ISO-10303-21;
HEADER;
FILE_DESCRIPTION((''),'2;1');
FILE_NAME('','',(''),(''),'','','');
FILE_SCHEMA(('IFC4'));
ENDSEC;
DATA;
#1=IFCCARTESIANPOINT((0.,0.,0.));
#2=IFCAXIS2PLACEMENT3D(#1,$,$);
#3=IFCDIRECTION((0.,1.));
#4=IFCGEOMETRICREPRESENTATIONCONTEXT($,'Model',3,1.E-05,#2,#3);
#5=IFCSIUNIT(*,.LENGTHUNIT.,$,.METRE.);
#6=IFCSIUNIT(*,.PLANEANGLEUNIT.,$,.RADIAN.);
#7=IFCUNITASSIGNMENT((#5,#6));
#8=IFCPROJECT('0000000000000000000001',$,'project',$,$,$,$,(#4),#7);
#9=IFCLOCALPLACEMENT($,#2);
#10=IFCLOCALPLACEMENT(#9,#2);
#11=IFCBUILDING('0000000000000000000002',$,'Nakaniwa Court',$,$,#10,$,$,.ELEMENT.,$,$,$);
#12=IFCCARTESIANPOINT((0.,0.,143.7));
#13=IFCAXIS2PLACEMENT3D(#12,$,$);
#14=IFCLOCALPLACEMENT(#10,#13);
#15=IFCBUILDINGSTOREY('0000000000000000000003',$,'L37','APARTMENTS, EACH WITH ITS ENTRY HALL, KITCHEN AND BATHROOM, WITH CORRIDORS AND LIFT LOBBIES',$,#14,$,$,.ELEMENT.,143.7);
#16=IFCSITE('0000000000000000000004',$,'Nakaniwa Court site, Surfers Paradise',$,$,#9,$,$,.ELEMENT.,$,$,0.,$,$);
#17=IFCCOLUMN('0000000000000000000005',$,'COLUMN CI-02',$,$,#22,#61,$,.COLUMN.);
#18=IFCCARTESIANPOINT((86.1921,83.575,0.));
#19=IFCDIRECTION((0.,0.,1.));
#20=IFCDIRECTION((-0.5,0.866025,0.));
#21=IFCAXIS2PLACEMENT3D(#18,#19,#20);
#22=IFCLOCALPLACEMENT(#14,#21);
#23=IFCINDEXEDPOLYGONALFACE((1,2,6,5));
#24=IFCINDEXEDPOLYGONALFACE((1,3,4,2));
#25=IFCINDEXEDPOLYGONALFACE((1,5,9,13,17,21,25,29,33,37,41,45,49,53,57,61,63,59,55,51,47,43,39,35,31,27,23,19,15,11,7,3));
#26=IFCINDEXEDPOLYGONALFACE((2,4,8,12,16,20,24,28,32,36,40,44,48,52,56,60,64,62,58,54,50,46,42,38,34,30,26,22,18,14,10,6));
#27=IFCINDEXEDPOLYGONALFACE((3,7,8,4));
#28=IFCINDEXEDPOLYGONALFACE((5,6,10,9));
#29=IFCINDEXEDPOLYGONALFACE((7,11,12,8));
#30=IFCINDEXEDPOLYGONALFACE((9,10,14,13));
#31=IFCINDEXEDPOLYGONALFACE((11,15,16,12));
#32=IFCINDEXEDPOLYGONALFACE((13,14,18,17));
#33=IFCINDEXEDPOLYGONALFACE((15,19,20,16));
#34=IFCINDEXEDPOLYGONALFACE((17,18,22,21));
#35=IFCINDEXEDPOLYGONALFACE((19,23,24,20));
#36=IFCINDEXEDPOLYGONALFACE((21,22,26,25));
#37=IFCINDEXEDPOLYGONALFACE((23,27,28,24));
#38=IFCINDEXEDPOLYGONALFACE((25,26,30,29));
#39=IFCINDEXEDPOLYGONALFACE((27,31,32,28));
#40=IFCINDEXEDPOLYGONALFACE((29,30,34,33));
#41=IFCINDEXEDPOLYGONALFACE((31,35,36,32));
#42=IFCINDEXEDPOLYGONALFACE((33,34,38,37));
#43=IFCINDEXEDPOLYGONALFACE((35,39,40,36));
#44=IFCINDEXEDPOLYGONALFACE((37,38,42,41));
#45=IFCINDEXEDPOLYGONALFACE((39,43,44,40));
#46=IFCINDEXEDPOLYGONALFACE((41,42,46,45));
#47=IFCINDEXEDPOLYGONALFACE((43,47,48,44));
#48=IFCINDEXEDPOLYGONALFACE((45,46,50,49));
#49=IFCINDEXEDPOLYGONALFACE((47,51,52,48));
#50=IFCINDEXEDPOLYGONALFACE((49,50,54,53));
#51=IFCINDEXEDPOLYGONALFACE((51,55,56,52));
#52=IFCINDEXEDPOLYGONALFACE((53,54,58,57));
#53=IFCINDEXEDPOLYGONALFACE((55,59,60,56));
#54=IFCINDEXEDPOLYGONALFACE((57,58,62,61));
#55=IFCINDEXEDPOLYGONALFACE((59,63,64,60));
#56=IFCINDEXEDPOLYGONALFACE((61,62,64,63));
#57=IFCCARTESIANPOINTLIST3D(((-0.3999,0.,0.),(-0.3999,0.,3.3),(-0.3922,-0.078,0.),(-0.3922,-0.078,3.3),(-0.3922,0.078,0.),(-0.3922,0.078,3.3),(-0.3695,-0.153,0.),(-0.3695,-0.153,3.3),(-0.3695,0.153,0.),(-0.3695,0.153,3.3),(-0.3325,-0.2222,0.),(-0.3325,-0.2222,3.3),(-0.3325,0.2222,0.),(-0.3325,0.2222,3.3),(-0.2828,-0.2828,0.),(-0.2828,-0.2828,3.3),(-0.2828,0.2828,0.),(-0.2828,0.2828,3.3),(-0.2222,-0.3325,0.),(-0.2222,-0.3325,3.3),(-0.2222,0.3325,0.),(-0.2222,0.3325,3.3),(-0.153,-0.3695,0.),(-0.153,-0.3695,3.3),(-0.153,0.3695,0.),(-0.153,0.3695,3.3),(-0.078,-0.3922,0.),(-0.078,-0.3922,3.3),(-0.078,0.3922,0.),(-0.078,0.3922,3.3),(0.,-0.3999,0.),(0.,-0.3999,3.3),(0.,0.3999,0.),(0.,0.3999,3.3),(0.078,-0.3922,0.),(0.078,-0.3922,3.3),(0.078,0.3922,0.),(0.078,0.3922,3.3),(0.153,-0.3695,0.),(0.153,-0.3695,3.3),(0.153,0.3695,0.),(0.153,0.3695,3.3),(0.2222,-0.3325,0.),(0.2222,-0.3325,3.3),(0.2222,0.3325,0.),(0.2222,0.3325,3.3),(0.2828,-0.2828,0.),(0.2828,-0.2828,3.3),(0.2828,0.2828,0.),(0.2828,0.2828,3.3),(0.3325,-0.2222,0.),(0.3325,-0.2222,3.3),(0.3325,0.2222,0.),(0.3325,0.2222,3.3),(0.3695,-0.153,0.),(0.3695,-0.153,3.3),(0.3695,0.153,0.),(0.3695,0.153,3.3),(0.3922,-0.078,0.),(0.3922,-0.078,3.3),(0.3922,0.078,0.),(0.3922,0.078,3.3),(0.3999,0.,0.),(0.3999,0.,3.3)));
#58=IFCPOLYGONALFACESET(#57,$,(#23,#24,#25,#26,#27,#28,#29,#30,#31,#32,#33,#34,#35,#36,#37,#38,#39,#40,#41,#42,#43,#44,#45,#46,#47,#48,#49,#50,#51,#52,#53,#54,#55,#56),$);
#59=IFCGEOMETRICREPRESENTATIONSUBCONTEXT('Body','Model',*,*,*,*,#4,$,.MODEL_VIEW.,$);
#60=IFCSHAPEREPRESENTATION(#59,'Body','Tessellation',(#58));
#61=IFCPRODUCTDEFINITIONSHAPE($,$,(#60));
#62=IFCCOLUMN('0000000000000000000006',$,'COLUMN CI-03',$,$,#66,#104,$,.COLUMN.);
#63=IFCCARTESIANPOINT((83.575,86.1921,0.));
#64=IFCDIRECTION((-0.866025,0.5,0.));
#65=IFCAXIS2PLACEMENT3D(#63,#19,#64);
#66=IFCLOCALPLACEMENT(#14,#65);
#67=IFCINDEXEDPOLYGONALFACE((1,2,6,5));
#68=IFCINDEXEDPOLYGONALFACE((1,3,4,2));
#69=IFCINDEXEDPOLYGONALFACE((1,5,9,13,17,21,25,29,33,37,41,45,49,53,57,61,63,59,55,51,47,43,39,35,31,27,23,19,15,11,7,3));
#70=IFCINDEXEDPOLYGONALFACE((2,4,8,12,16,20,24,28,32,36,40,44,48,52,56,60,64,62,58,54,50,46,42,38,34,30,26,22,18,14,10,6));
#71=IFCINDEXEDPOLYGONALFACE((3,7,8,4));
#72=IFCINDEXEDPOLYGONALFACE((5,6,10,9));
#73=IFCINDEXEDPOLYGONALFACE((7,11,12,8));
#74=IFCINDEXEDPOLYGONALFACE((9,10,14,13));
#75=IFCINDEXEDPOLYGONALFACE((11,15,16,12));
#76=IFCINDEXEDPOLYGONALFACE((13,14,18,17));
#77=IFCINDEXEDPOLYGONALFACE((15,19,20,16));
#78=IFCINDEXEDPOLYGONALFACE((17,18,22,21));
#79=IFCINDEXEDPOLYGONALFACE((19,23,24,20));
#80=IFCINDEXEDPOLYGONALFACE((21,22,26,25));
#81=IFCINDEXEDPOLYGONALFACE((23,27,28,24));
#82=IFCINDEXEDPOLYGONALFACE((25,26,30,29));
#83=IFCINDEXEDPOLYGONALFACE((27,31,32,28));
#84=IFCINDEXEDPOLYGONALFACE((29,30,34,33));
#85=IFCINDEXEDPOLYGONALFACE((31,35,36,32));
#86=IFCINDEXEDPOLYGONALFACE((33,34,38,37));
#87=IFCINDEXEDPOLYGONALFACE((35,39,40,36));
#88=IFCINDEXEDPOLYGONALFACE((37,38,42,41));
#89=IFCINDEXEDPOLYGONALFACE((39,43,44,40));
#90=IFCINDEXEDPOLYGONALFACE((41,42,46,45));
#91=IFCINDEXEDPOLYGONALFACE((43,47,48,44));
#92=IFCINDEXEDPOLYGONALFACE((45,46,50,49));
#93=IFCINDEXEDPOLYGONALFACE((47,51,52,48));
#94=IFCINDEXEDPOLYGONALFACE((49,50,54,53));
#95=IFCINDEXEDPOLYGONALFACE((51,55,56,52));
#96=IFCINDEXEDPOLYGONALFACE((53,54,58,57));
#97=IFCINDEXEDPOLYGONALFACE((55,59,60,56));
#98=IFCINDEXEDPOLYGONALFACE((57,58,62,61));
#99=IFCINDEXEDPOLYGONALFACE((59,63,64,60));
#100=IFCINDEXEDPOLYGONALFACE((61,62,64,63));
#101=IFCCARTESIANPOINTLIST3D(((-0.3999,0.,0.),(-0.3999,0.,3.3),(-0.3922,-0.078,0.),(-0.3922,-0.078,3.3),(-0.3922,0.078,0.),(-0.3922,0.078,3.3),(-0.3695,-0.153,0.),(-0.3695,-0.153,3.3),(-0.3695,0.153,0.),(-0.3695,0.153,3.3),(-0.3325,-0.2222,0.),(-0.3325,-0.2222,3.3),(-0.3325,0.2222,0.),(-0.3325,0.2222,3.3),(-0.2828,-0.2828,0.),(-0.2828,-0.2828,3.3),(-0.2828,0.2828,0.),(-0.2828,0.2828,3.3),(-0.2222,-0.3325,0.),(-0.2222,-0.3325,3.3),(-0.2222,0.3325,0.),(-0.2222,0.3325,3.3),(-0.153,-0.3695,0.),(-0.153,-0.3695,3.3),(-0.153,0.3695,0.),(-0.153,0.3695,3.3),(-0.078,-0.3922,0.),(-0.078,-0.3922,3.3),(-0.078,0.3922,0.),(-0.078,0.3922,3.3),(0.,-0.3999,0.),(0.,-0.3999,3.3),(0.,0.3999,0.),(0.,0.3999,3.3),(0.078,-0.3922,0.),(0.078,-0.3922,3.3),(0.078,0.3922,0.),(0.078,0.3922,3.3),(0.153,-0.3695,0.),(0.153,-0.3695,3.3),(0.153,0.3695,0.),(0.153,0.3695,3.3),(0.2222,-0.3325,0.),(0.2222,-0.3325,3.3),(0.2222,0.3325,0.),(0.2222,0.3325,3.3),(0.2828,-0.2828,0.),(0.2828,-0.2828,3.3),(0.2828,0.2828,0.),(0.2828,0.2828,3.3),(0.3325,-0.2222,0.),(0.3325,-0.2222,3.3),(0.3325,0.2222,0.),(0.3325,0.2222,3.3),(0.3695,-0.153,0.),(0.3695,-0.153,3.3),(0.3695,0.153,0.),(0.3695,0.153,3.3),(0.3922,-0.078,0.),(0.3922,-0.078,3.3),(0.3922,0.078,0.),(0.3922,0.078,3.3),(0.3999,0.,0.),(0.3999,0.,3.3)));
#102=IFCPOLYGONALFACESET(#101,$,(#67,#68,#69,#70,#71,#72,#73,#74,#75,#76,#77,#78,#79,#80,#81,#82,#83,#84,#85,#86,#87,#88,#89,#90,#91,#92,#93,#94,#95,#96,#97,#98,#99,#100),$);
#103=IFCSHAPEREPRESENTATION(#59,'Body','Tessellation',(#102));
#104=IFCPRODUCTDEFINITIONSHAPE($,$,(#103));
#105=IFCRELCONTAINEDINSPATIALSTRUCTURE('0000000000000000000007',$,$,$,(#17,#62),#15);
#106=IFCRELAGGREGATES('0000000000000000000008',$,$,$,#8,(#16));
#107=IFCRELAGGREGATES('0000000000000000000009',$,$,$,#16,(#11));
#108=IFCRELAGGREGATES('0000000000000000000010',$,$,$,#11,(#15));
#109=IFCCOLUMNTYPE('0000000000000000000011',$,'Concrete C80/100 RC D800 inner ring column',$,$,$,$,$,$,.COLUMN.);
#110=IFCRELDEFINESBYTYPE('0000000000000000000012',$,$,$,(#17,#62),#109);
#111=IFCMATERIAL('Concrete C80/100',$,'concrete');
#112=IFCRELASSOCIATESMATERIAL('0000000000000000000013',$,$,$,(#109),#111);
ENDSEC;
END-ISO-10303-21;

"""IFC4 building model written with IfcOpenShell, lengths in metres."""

from ifc_helpers import new_model, si_unit, direction, frame, origin, origin_2d, place, context, subcontext, project, spatial, circle, extrude, material, material_profile, profile_set, type_object, element, save


model = new_model("IFC4")

# Units and contexts
model_context = context("Model", 3, precision=1e-05, world=origin(), true_north=direction((0.0, 1.0)))
body_context = subcontext(model_context, "Body", "Model", "MODEL_VIEW")
ifc_project = project(units=[si_unit("LENGTHUNIT", "METRE"), si_unit("PLANEANGLEUNIT", "RADIAN")], contexts=[model_context])

# Site, building, storey
site_placement = place(None, origin())
site = spatial("IfcSite", under=ifc_project, at=site_placement, Name="Nakaniwa Court site, Surfers Paradise", CompositionType="ELEMENT", RefElevation=0.0)
building_placement = place(site_placement, origin())
building = spatial("IfcBuilding", under=site, at=building_placement, Name="Nakaniwa Court", CompositionType="ELEMENT")
storey_placement = place(building_placement, frame((0.0, 0.0, 143.7)))
storey = spatial("IfcBuildingStorey", under=building, at=storey_placement, Name="L37", Description="APARTMENTS, EACH WITH ITS ENTRY HALL, KITCHEN AND BATHROOM, WITH CORRIDORS AND LIFT LOBBIES", CompositionType="ELEMENT", Elevation=143.7)

# Columns
ifc_material_1 = material(Name="Concrete C80/100", Category="concrete")
ifc_material_profile_1 = material_profile(ifc_material_1, circle(Radius=0.3999, at=origin_2d()), Name="Concrete C80/100 RC D800 inner ring column")
ifc_profile_set_1 = profile_set([ifc_material_profile_1], Name="Concrete C80/100")
column_type = type_object("IfcColumnType", Name="Concrete C80/100 RC D800 inner ring column", PredefinedType="COLUMN", material=ifc_profile_set_1)
for number, where, z_axis, x_axis, name in (
    (1, (86.1921, 83.575, 0.0), (0.0, 0.0, 1.0), (-0.5, 0.866025, 0.0), "COLUMN CI-02"),
    (2, (83.575, 86.1921, 0.0), (0.0, 0.0, 1.0), (-0.866025, 0.5, 0.0), "COLUMN CI-03"),
):
    element("IfcColumn", number, at=place(storey_placement, frame(where, z_axis=z_axis, x_axis=x_axis)), inside=storey, type_object=column_type, Name=name, PredefinedType="COLUMN", context=body_context, shape_type="SweptSolid", body=[
        extrude(circle(Radius=0.3999, at=origin_2d()), origin(), (0.0, 0.0, 1.0), 3.3),
    ])

save(model, "model.ifc")
